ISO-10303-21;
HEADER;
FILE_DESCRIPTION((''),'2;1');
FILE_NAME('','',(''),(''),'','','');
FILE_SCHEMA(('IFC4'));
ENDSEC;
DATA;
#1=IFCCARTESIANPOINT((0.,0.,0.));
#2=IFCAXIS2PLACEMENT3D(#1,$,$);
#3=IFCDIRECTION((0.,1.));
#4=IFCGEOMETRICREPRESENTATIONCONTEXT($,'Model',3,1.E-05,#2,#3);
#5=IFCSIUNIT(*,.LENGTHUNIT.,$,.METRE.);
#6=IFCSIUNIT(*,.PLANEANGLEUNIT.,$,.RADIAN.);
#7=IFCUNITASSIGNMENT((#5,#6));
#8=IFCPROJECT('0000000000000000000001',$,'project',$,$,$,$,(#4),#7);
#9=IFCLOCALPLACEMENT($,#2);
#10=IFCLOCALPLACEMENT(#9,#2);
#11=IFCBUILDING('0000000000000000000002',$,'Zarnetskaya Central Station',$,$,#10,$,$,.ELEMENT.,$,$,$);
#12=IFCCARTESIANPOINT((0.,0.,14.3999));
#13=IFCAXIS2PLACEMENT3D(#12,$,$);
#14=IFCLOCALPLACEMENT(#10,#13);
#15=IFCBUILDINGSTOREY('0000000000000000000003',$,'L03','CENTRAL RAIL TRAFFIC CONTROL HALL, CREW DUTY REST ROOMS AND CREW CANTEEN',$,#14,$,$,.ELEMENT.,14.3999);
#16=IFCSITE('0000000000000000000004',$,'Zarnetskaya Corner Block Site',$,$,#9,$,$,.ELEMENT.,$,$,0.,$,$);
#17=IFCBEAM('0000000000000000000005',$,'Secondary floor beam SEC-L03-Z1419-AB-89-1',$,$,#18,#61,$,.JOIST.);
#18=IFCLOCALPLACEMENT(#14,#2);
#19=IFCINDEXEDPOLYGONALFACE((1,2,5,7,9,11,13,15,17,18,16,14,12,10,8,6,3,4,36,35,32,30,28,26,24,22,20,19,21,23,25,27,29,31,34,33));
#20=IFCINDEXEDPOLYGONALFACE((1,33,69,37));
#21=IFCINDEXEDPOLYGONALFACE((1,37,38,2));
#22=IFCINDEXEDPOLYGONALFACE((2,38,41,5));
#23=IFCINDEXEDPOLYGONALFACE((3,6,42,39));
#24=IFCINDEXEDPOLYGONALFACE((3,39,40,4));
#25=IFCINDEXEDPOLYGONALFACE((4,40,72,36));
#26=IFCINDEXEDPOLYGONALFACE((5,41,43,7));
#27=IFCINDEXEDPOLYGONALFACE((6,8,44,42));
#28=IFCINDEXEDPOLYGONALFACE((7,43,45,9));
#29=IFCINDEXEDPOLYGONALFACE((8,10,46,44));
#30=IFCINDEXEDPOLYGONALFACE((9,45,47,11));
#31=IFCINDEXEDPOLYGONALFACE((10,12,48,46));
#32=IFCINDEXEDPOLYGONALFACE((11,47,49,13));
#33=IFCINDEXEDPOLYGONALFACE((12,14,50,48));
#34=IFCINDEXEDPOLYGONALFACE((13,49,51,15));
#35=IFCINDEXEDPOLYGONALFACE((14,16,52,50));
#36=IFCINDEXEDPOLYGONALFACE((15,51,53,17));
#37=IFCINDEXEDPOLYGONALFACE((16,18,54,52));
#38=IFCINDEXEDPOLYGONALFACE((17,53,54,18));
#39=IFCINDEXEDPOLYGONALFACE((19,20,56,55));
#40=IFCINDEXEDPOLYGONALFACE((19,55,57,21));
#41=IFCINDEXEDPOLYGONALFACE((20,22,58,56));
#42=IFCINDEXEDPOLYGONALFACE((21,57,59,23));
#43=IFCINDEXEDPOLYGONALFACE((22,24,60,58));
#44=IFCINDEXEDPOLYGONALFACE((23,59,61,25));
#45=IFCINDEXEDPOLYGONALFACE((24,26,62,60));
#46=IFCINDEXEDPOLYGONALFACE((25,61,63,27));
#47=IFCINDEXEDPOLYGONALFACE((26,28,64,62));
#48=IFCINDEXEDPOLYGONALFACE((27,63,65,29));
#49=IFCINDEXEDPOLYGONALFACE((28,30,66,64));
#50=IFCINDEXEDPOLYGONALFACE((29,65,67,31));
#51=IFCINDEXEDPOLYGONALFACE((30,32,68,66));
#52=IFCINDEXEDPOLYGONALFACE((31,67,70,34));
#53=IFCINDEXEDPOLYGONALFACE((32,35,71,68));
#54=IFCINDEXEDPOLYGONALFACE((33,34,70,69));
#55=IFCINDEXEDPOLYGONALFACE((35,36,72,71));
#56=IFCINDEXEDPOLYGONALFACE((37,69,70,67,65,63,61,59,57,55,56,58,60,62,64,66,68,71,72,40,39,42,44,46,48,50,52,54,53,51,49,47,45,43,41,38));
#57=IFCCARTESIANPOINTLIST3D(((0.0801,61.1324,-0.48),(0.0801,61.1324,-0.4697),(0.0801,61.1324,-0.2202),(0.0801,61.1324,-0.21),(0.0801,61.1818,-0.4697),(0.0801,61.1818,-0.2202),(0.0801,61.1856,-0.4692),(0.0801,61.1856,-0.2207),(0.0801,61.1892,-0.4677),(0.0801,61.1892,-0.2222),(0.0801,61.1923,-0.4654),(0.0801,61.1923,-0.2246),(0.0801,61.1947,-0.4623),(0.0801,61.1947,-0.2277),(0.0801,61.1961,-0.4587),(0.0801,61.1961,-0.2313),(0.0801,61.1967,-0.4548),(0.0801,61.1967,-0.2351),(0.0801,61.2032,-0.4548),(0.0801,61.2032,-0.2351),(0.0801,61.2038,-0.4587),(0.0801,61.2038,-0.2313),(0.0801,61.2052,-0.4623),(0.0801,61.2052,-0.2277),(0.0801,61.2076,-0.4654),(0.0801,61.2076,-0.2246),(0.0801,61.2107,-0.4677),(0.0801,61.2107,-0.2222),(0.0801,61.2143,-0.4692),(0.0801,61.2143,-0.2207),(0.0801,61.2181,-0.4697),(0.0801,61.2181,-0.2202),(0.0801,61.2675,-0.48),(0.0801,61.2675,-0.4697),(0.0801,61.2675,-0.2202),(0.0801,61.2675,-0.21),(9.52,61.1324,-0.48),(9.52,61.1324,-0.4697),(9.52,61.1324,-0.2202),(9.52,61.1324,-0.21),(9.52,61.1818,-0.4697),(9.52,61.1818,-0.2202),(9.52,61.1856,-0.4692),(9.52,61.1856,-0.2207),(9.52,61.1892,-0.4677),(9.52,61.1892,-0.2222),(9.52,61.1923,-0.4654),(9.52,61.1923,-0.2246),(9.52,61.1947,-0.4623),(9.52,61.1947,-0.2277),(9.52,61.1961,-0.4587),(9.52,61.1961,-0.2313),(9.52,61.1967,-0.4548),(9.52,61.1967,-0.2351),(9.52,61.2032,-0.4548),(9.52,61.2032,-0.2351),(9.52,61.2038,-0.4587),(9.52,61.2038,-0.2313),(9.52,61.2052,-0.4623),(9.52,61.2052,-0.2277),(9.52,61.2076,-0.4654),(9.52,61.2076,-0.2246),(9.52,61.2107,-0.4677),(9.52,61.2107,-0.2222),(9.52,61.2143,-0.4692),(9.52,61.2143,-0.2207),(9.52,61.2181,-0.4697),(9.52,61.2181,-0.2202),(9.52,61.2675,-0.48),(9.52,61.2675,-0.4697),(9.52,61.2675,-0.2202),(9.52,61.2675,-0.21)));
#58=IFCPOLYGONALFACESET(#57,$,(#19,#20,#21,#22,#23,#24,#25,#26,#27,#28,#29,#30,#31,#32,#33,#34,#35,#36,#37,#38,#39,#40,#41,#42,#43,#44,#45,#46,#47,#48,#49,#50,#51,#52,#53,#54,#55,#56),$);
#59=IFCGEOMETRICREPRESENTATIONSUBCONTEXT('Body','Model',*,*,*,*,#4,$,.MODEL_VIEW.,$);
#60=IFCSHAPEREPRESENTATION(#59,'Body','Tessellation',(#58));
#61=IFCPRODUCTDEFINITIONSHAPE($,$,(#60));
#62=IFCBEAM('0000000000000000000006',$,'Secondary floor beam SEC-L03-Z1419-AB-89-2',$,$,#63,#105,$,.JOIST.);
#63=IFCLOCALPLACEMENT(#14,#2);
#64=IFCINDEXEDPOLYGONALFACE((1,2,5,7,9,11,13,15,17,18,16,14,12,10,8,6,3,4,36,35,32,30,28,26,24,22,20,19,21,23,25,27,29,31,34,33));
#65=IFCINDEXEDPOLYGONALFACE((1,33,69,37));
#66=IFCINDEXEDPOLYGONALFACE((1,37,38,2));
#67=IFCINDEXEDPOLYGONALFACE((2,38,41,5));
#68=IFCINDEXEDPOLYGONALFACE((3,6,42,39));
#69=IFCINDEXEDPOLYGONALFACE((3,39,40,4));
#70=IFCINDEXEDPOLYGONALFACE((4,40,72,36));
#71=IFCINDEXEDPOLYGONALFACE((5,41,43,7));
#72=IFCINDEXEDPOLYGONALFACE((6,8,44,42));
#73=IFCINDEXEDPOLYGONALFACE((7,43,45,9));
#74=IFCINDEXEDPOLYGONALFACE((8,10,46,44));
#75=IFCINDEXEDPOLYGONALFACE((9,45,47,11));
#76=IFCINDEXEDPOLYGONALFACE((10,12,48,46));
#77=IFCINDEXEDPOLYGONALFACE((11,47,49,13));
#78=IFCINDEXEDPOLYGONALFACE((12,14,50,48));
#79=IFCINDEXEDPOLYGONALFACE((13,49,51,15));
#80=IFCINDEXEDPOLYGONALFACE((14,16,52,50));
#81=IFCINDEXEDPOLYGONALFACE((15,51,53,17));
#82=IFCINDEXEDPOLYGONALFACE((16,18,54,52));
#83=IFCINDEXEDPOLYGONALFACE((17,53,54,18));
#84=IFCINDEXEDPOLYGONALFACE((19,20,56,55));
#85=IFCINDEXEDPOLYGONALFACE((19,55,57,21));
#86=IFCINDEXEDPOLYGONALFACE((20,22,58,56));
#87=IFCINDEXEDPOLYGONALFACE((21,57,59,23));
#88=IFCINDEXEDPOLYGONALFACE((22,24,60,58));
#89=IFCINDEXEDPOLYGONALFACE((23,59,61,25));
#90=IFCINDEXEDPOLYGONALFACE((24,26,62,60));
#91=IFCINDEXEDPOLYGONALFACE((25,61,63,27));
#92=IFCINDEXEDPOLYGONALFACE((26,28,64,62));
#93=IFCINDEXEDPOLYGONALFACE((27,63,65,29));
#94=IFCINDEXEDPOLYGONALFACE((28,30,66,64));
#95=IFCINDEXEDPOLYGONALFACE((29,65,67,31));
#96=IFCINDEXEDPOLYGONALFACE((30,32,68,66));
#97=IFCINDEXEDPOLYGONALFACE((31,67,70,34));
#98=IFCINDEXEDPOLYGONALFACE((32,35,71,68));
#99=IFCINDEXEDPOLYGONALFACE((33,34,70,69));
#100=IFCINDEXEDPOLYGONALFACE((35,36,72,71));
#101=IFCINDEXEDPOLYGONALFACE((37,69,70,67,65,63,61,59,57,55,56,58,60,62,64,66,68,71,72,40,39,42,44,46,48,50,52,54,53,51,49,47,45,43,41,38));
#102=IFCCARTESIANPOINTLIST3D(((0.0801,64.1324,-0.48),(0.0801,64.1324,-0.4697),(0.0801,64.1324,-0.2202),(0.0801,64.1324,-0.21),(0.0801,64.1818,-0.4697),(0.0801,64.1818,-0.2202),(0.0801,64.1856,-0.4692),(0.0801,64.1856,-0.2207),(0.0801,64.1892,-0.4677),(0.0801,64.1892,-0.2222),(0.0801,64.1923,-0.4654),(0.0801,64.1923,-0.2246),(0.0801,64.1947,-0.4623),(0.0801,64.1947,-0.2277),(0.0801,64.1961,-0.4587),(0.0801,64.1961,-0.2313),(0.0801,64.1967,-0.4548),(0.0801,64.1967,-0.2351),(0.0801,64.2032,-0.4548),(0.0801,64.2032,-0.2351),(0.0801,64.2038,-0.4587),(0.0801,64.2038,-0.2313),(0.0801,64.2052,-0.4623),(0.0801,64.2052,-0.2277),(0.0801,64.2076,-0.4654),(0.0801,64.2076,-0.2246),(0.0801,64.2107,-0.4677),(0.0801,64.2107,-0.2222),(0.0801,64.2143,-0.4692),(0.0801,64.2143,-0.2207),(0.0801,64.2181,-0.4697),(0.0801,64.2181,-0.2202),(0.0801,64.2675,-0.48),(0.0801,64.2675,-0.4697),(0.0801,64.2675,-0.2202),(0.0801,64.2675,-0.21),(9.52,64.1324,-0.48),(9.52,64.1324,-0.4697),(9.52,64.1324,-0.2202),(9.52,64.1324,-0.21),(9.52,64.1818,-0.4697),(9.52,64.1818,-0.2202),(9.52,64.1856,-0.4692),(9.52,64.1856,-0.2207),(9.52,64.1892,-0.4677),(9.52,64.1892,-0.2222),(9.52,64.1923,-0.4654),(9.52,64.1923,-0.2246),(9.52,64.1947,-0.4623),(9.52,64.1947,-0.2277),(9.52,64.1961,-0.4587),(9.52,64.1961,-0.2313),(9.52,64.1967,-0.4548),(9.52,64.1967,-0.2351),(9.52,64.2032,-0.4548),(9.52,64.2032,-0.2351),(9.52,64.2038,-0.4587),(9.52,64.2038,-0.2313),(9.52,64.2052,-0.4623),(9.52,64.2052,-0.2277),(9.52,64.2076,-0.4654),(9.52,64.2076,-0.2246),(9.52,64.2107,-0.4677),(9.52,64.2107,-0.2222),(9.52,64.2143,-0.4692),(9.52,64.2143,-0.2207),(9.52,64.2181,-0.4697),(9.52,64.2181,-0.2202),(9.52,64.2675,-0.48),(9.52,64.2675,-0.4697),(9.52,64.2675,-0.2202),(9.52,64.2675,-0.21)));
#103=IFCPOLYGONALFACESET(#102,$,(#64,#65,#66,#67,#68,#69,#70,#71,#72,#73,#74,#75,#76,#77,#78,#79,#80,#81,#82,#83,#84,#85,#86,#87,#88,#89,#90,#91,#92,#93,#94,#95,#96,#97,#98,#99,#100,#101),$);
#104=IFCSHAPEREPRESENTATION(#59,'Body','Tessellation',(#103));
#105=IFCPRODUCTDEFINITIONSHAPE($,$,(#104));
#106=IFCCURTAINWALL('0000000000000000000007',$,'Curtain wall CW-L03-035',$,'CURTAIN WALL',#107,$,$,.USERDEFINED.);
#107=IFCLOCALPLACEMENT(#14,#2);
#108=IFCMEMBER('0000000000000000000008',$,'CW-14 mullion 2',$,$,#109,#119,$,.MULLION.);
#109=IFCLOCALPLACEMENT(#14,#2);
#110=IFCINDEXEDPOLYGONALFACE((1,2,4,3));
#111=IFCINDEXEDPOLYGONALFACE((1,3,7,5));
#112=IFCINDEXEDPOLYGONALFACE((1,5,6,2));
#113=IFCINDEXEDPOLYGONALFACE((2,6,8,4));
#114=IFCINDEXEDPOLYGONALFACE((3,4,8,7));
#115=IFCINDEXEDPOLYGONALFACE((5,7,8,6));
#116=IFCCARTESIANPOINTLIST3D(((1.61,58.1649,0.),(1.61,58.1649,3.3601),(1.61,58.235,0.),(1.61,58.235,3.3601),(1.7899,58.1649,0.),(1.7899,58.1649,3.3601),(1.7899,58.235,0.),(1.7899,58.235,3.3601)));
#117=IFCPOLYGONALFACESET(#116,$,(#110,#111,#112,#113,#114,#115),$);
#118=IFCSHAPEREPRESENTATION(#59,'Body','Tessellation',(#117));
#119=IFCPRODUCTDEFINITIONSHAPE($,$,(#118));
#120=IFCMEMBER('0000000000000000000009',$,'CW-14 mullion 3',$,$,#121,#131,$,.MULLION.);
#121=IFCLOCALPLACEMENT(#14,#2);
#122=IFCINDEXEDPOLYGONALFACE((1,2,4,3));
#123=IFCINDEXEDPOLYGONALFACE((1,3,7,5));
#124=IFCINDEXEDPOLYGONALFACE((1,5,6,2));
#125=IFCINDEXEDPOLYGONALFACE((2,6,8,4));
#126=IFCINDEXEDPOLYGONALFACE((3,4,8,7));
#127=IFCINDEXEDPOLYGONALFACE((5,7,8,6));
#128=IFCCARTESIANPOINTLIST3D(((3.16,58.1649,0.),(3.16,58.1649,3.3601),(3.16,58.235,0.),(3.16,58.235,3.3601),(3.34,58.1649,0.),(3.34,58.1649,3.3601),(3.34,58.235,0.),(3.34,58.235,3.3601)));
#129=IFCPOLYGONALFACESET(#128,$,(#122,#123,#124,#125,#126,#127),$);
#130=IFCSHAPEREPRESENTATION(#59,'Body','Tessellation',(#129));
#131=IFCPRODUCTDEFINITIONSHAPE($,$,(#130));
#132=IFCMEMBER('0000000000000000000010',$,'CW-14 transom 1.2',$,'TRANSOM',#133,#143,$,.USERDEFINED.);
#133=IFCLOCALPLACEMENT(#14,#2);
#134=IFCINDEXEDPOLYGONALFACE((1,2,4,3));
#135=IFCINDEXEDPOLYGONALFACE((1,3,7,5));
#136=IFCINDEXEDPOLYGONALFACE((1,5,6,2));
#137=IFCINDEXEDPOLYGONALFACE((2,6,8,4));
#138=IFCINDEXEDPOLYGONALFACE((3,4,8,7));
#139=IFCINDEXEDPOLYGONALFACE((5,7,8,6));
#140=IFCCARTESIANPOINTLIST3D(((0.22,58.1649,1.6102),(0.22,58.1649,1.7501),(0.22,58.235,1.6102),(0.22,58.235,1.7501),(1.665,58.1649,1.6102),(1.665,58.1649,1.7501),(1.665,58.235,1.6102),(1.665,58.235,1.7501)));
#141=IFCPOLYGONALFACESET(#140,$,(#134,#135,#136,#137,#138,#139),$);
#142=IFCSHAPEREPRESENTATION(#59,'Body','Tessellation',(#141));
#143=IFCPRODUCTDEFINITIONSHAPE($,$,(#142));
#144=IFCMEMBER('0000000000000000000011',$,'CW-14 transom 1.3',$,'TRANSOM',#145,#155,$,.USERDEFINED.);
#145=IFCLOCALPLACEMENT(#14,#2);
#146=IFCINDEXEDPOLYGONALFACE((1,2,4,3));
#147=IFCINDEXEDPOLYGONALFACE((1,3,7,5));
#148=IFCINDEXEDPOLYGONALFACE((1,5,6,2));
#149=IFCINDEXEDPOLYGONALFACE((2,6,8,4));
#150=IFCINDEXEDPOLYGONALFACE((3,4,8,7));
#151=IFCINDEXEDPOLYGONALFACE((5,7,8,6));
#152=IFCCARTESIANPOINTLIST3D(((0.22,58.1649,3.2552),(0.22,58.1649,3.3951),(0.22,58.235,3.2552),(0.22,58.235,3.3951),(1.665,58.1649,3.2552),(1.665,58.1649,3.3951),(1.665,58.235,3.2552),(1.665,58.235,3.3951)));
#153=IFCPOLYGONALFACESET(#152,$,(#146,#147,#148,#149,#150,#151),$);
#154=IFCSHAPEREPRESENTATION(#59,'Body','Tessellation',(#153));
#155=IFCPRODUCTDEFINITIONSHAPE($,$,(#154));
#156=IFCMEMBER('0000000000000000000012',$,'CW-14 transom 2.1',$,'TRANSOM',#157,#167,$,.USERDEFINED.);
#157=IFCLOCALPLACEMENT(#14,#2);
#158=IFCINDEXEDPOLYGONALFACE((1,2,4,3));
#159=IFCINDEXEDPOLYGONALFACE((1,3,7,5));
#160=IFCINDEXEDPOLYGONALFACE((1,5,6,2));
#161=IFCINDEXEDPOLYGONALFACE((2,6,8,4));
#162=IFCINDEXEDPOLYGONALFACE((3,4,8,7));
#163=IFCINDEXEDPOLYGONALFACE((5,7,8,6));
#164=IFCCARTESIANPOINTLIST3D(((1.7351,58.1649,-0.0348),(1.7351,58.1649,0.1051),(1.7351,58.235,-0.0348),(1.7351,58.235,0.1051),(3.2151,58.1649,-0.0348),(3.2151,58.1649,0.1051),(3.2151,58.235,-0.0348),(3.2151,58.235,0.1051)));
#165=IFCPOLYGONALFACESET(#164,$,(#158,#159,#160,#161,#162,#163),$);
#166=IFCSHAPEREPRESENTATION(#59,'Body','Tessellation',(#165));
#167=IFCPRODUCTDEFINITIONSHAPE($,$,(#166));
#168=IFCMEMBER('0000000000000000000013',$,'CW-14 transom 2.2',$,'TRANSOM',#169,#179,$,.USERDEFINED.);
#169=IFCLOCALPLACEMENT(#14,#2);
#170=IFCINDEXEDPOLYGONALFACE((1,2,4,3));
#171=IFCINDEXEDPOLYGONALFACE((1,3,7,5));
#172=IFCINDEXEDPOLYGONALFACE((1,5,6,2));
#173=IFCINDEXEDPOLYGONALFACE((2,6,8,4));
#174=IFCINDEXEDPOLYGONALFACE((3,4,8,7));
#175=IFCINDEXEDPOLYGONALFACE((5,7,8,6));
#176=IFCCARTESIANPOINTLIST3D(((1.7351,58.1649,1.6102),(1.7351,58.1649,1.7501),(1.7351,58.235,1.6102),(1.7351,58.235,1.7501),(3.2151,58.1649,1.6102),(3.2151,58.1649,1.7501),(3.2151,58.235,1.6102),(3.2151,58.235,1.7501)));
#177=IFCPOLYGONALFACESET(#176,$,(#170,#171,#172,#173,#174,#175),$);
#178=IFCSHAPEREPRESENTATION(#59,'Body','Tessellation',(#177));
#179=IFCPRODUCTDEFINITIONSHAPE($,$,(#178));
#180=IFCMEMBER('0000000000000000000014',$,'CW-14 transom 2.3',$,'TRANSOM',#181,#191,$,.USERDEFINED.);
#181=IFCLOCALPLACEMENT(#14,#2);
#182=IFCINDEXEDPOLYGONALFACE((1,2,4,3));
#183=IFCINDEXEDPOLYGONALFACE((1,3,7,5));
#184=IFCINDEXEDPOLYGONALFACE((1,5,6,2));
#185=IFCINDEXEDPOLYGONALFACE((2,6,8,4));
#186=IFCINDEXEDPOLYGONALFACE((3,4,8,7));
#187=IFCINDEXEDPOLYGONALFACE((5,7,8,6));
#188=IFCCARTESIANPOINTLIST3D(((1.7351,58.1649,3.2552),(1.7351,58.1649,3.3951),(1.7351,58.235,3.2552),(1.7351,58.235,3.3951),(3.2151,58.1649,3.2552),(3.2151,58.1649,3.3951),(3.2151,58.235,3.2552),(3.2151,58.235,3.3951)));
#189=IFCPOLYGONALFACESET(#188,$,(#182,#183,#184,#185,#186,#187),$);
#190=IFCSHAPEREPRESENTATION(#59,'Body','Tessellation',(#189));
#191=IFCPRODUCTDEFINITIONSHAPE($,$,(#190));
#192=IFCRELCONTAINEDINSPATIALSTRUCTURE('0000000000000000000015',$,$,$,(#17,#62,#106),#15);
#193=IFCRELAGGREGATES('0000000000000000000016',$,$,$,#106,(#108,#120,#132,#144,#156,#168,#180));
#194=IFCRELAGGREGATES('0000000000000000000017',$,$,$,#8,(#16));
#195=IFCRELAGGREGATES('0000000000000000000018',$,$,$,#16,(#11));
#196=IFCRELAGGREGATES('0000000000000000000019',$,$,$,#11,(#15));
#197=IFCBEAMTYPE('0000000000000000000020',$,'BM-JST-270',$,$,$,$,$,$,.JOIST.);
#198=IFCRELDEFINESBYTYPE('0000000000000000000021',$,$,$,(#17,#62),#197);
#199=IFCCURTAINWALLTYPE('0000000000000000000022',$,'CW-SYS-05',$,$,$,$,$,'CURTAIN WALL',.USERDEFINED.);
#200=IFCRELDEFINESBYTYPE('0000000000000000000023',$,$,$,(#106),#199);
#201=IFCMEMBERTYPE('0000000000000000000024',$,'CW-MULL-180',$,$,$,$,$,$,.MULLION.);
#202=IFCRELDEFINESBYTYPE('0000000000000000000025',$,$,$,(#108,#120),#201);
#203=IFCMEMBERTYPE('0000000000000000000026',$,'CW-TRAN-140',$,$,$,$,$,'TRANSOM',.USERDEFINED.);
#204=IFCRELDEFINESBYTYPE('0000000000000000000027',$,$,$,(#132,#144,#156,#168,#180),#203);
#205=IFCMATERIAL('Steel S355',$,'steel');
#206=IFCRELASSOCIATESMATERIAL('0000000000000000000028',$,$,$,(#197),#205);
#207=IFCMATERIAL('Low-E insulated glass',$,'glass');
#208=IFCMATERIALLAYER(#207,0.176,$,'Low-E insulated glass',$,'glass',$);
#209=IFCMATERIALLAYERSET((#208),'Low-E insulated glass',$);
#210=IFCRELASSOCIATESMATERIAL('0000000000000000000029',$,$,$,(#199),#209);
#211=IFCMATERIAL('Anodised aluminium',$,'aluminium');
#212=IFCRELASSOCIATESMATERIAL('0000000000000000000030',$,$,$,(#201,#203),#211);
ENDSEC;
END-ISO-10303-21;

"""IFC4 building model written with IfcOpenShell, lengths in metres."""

from ifc_helpers import new_model, si_unit, direction, frame, origin, origin_2d, place, context, subcontext, project, spatial, rectangle, i_section, extrude, material, layer, layer_set, material_profile, profile_set, type_object, element, aggregate, save


model = new_model("IFC4")

# Units and contexts
model_context = context("Model", 3, precision=1e-05, world=origin(), true_north=direction((0.0, 1.0)))
body_context = subcontext(model_context, "Body", "Model", "MODEL_VIEW")
ifc_project = project(units=[si_unit("LENGTHUNIT", "METRE"), si_unit("PLANEANGLEUNIT", "RADIAN")], contexts=[model_context])

# Site, building, storey
site_placement = place(None, origin())
site = spatial("IfcSite", under=ifc_project, at=site_placement, Name="Zarnetskaya Corner Block Site", CompositionType="ELEMENT", RefElevation=0.0)
building_placement = place(site_placement, origin())
building = spatial("IfcBuilding", under=site, at=building_placement, Name="Zarnetskaya Central Station", CompositionType="ELEMENT")
storey_placement = place(building_placement, frame((0.0, 0.0, 14.3999)))
storey = spatial("IfcBuildingStorey", under=building, at=storey_placement, Name="L03", Description="CENTRAL RAIL TRAFFIC CONTROL HALL, CREW DUTY REST ROOMS AND CREW CANTEEN", CompositionType="ELEMENT", Elevation=14.3999)

# Beams
ifc_material_1 = material(Name="Steel S355", Category="steel")
ifc_material_profile_1 = material_profile(ifc_material_1, i_section(OverallWidth=0.135, OverallDepth=0.27, WebThickness=0.0066, FlangeThickness=0.0103, FilletRadius=0.0149, at=origin_2d()), Name="IPE 270")
ifc_profile_set_1 = profile_set([ifc_material_profile_1], Name="Steel S355")
beam_type_1 = type_object("IfcBeamType", Name="BM-JST-270", PredefinedType="JOIST", material=ifc_profile_set_1)
for number, where, z_axis, x_axis, name in (
    (1, (0.0801, 61.2, -0.345), (1.0, 0.0, 0.0), (0.0, 1.0, 0.0), "Secondary floor beam SEC-L03-Z1419-AB-89-1"),
    (2, (0.0801, 64.2, -0.345), (1.0, 0.0, 0.0), (0.0, 1.0, 0.0), "Secondary floor beam SEC-L03-Z1419-AB-89-2"),
):
    element("IfcBeam", number, at=place(storey_placement, frame(where, z_axis=z_axis, x_axis=x_axis)), inside=storey, type_object=beam_type_1, Name=name, PredefinedType="JOIST", context=body_context, shape_type="SweptSolid", body=[
        extrude(i_section(OverallWidth=0.135, OverallDepth=0.27, WebThickness=0.0066, FlangeThickness=0.0103, FilletRadius=0.0149, at=origin_2d()), origin(), (0.0, 0.0, 1.0), 9.4399),
    ])

# Curtain wall, members
ifc_material_2 = material(Name="Low-E insulated glass", Category="glass")
ifc_layer_1 = layer(ifc_material_2, 0.176, Name="Low-E insulated glass", Category="glass")
ifc_layer_set_1 = layer_set([ifc_layer_1], Name="Low-E insulated glass")
curtain_wall_type = type_object("IfcCurtainWallType", Name="CW-SYS-05", ElementType="CURTAIN WALL", PredefinedType="USERDEFINED", material=ifc_layer_set_1)
curtain_wall_placement = place(storey_placement, origin())
curtain_wall = element("IfcCurtainWall", 3, at=curtain_wall_placement, inside=storey, type_object=curtain_wall_type, Name="Curtain wall CW-L03-035", ObjectType="CURTAIN WALL", PredefinedType="USERDEFINED")
ifc_material_3 = material(Name="Anodised aluminium", Category="aluminium")
ifc_material_profile_2 = material_profile(ifc_material_3, rectangle(XDim=0.0701, YDim=0.1799, at=origin_2d()), Name="ALU MULL 70x180")
ifc_profile_set_2 = profile_set([ifc_material_profile_2], Name="Anodised aluminium")
member_type_1 = type_object("IfcMemberType", Name="CW-MULL-180", PredefinedType="MULLION", material=ifc_profile_set_2)
member_1_placement = place(storey_placement, frame((1.7, 58.2, 0.0), z_axis=(0.0, 0.0, 1.0), x_axis=(0.0, 1.0, 0.0)))
member_1 = element("IfcMember", 4, at=member_1_placement, type_object=member_type_1, Name="CW-14 mullion 2", PredefinedType="MULLION", context=body_context, shape_type="SweptSolid", body=[
    extrude(rectangle(XDim=0.0701, YDim=0.1799, at=origin_2d()), origin(), (0.0, 0.0, 1.0), 3.3601),
])
member_2_placement = place(storey_placement, frame((3.25, 58.2, 0.0), z_axis=(0.0, 0.0, 1.0), x_axis=(0.0, 1.0, 0.0)))
member_2 = element("IfcMember", 5, at=member_2_placement, type_object=member_type_1, Name="CW-14 mullion 3", PredefinedType="MULLION", context=body_context, shape_type="SweptSolid", body=[
    extrude(rectangle(XDim=0.0701, YDim=0.1799, at=origin_2d()), origin(), (0.0, 0.0, 1.0), 3.3601),
])
ifc_material_profile_3 = material_profile(ifc_material_3, rectangle(XDim=0.0701, YDim=0.1399, at=origin_2d()), Name="ALU TRAN 70x140")
ifc_profile_set_3 = profile_set([ifc_material_profile_3], Name="Anodised aluminium")
member_type_2 = type_object("IfcMemberType", Name="CW-TRAN-140", ElementType="TRANSOM", PredefinedType="USERDEFINED", material=ifc_profile_set_3)
member_3_placement = place(storey_placement, frame((0.22, 58.2, 1.6802), z_axis=(1.0, 0.0, 0.0), x_axis=(0.0, 1.0, 0.0)))
member_3 = element("IfcMember", 6, at=member_3_placement, type_object=member_type_2, Name="CW-14 transom 1.2", ObjectType="TRANSOM", PredefinedType="USERDEFINED", context=body_context, shape_type="SweptSolid", body=[
    extrude(rectangle(XDim=0.0701, YDim=0.1399, at=origin_2d()), origin(), (0.0, 0.0, 1.0), 1.4451),
])
member_4_placement = place(storey_placement, frame((0.22, 58.2, 3.3252), z_axis=(1.0, 0.0, 0.0), x_axis=(0.0, 1.0, 0.0)))
member_4 = element("IfcMember", 7, at=member_4_placement, type_object=member_type_2, Name="CW-14 transom 1.3", ObjectType="TRANSOM", PredefinedType="USERDEFINED", context=body_context, shape_type="SweptSolid", body=[
    extrude(rectangle(XDim=0.0701, YDim=0.1399, at=origin_2d()), origin(), (0.0, 0.0, 1.0), 1.4451),
])
member_5_placement = place(storey_placement, frame((1.7351, 58.2, 0.0352), z_axis=(1.0, 0.0, 0.0), x_axis=(0.0, 1.0, 0.0)))
member_5 = element("IfcMember", 8, at=member_5_placement, type_object=member_type_2, Name="CW-14 transom 2.1", ObjectType="TRANSOM", PredefinedType="USERDEFINED", context=body_context, shape_type="SweptSolid", body=[
    extrude(rectangle(XDim=0.0701, YDim=0.1399, at=origin_2d()), origin(), (0.0, 0.0, 1.0), 1.48),
])
member_6_placement = place(storey_placement, frame((1.7351, 58.2, 1.6802), z_axis=(1.0, 0.0, 0.0), x_axis=(0.0, 1.0, 0.0)))
member_6 = element("IfcMember", 9, at=member_6_placement, type_object=member_type_2, Name="CW-14 transom 2.2", ObjectType="TRANSOM", PredefinedType="USERDEFINED", context=body_context, shape_type="SweptSolid", body=[
    extrude(rectangle(XDim=0.0701, YDim=0.1399, at=origin_2d()), origin(), (0.0, 0.0, 1.0), 1.48),
])
member_7_placement = place(storey_placement, frame((1.7351, 58.2, 3.3252), z_axis=(1.0, 0.0, 0.0), x_axis=(0.0, 1.0, 0.0)))
member_7 = element("IfcMember", 10, at=member_7_placement, type_object=member_type_2, Name="CW-14 transom 2.3", ObjectType="TRANSOM", PredefinedType="USERDEFINED", context=body_context, shape_type="SweptSolid", body=[
    extrude(rectangle(XDim=0.0701, YDim=0.1399, at=origin_2d()), origin(), (0.0, 0.0, 1.0), 1.48),
])

aggregate(curtain_wall, [member_1, member_2, member_3, member_4, member_5, member_6, member_7])

save(model, "model.ifc")
